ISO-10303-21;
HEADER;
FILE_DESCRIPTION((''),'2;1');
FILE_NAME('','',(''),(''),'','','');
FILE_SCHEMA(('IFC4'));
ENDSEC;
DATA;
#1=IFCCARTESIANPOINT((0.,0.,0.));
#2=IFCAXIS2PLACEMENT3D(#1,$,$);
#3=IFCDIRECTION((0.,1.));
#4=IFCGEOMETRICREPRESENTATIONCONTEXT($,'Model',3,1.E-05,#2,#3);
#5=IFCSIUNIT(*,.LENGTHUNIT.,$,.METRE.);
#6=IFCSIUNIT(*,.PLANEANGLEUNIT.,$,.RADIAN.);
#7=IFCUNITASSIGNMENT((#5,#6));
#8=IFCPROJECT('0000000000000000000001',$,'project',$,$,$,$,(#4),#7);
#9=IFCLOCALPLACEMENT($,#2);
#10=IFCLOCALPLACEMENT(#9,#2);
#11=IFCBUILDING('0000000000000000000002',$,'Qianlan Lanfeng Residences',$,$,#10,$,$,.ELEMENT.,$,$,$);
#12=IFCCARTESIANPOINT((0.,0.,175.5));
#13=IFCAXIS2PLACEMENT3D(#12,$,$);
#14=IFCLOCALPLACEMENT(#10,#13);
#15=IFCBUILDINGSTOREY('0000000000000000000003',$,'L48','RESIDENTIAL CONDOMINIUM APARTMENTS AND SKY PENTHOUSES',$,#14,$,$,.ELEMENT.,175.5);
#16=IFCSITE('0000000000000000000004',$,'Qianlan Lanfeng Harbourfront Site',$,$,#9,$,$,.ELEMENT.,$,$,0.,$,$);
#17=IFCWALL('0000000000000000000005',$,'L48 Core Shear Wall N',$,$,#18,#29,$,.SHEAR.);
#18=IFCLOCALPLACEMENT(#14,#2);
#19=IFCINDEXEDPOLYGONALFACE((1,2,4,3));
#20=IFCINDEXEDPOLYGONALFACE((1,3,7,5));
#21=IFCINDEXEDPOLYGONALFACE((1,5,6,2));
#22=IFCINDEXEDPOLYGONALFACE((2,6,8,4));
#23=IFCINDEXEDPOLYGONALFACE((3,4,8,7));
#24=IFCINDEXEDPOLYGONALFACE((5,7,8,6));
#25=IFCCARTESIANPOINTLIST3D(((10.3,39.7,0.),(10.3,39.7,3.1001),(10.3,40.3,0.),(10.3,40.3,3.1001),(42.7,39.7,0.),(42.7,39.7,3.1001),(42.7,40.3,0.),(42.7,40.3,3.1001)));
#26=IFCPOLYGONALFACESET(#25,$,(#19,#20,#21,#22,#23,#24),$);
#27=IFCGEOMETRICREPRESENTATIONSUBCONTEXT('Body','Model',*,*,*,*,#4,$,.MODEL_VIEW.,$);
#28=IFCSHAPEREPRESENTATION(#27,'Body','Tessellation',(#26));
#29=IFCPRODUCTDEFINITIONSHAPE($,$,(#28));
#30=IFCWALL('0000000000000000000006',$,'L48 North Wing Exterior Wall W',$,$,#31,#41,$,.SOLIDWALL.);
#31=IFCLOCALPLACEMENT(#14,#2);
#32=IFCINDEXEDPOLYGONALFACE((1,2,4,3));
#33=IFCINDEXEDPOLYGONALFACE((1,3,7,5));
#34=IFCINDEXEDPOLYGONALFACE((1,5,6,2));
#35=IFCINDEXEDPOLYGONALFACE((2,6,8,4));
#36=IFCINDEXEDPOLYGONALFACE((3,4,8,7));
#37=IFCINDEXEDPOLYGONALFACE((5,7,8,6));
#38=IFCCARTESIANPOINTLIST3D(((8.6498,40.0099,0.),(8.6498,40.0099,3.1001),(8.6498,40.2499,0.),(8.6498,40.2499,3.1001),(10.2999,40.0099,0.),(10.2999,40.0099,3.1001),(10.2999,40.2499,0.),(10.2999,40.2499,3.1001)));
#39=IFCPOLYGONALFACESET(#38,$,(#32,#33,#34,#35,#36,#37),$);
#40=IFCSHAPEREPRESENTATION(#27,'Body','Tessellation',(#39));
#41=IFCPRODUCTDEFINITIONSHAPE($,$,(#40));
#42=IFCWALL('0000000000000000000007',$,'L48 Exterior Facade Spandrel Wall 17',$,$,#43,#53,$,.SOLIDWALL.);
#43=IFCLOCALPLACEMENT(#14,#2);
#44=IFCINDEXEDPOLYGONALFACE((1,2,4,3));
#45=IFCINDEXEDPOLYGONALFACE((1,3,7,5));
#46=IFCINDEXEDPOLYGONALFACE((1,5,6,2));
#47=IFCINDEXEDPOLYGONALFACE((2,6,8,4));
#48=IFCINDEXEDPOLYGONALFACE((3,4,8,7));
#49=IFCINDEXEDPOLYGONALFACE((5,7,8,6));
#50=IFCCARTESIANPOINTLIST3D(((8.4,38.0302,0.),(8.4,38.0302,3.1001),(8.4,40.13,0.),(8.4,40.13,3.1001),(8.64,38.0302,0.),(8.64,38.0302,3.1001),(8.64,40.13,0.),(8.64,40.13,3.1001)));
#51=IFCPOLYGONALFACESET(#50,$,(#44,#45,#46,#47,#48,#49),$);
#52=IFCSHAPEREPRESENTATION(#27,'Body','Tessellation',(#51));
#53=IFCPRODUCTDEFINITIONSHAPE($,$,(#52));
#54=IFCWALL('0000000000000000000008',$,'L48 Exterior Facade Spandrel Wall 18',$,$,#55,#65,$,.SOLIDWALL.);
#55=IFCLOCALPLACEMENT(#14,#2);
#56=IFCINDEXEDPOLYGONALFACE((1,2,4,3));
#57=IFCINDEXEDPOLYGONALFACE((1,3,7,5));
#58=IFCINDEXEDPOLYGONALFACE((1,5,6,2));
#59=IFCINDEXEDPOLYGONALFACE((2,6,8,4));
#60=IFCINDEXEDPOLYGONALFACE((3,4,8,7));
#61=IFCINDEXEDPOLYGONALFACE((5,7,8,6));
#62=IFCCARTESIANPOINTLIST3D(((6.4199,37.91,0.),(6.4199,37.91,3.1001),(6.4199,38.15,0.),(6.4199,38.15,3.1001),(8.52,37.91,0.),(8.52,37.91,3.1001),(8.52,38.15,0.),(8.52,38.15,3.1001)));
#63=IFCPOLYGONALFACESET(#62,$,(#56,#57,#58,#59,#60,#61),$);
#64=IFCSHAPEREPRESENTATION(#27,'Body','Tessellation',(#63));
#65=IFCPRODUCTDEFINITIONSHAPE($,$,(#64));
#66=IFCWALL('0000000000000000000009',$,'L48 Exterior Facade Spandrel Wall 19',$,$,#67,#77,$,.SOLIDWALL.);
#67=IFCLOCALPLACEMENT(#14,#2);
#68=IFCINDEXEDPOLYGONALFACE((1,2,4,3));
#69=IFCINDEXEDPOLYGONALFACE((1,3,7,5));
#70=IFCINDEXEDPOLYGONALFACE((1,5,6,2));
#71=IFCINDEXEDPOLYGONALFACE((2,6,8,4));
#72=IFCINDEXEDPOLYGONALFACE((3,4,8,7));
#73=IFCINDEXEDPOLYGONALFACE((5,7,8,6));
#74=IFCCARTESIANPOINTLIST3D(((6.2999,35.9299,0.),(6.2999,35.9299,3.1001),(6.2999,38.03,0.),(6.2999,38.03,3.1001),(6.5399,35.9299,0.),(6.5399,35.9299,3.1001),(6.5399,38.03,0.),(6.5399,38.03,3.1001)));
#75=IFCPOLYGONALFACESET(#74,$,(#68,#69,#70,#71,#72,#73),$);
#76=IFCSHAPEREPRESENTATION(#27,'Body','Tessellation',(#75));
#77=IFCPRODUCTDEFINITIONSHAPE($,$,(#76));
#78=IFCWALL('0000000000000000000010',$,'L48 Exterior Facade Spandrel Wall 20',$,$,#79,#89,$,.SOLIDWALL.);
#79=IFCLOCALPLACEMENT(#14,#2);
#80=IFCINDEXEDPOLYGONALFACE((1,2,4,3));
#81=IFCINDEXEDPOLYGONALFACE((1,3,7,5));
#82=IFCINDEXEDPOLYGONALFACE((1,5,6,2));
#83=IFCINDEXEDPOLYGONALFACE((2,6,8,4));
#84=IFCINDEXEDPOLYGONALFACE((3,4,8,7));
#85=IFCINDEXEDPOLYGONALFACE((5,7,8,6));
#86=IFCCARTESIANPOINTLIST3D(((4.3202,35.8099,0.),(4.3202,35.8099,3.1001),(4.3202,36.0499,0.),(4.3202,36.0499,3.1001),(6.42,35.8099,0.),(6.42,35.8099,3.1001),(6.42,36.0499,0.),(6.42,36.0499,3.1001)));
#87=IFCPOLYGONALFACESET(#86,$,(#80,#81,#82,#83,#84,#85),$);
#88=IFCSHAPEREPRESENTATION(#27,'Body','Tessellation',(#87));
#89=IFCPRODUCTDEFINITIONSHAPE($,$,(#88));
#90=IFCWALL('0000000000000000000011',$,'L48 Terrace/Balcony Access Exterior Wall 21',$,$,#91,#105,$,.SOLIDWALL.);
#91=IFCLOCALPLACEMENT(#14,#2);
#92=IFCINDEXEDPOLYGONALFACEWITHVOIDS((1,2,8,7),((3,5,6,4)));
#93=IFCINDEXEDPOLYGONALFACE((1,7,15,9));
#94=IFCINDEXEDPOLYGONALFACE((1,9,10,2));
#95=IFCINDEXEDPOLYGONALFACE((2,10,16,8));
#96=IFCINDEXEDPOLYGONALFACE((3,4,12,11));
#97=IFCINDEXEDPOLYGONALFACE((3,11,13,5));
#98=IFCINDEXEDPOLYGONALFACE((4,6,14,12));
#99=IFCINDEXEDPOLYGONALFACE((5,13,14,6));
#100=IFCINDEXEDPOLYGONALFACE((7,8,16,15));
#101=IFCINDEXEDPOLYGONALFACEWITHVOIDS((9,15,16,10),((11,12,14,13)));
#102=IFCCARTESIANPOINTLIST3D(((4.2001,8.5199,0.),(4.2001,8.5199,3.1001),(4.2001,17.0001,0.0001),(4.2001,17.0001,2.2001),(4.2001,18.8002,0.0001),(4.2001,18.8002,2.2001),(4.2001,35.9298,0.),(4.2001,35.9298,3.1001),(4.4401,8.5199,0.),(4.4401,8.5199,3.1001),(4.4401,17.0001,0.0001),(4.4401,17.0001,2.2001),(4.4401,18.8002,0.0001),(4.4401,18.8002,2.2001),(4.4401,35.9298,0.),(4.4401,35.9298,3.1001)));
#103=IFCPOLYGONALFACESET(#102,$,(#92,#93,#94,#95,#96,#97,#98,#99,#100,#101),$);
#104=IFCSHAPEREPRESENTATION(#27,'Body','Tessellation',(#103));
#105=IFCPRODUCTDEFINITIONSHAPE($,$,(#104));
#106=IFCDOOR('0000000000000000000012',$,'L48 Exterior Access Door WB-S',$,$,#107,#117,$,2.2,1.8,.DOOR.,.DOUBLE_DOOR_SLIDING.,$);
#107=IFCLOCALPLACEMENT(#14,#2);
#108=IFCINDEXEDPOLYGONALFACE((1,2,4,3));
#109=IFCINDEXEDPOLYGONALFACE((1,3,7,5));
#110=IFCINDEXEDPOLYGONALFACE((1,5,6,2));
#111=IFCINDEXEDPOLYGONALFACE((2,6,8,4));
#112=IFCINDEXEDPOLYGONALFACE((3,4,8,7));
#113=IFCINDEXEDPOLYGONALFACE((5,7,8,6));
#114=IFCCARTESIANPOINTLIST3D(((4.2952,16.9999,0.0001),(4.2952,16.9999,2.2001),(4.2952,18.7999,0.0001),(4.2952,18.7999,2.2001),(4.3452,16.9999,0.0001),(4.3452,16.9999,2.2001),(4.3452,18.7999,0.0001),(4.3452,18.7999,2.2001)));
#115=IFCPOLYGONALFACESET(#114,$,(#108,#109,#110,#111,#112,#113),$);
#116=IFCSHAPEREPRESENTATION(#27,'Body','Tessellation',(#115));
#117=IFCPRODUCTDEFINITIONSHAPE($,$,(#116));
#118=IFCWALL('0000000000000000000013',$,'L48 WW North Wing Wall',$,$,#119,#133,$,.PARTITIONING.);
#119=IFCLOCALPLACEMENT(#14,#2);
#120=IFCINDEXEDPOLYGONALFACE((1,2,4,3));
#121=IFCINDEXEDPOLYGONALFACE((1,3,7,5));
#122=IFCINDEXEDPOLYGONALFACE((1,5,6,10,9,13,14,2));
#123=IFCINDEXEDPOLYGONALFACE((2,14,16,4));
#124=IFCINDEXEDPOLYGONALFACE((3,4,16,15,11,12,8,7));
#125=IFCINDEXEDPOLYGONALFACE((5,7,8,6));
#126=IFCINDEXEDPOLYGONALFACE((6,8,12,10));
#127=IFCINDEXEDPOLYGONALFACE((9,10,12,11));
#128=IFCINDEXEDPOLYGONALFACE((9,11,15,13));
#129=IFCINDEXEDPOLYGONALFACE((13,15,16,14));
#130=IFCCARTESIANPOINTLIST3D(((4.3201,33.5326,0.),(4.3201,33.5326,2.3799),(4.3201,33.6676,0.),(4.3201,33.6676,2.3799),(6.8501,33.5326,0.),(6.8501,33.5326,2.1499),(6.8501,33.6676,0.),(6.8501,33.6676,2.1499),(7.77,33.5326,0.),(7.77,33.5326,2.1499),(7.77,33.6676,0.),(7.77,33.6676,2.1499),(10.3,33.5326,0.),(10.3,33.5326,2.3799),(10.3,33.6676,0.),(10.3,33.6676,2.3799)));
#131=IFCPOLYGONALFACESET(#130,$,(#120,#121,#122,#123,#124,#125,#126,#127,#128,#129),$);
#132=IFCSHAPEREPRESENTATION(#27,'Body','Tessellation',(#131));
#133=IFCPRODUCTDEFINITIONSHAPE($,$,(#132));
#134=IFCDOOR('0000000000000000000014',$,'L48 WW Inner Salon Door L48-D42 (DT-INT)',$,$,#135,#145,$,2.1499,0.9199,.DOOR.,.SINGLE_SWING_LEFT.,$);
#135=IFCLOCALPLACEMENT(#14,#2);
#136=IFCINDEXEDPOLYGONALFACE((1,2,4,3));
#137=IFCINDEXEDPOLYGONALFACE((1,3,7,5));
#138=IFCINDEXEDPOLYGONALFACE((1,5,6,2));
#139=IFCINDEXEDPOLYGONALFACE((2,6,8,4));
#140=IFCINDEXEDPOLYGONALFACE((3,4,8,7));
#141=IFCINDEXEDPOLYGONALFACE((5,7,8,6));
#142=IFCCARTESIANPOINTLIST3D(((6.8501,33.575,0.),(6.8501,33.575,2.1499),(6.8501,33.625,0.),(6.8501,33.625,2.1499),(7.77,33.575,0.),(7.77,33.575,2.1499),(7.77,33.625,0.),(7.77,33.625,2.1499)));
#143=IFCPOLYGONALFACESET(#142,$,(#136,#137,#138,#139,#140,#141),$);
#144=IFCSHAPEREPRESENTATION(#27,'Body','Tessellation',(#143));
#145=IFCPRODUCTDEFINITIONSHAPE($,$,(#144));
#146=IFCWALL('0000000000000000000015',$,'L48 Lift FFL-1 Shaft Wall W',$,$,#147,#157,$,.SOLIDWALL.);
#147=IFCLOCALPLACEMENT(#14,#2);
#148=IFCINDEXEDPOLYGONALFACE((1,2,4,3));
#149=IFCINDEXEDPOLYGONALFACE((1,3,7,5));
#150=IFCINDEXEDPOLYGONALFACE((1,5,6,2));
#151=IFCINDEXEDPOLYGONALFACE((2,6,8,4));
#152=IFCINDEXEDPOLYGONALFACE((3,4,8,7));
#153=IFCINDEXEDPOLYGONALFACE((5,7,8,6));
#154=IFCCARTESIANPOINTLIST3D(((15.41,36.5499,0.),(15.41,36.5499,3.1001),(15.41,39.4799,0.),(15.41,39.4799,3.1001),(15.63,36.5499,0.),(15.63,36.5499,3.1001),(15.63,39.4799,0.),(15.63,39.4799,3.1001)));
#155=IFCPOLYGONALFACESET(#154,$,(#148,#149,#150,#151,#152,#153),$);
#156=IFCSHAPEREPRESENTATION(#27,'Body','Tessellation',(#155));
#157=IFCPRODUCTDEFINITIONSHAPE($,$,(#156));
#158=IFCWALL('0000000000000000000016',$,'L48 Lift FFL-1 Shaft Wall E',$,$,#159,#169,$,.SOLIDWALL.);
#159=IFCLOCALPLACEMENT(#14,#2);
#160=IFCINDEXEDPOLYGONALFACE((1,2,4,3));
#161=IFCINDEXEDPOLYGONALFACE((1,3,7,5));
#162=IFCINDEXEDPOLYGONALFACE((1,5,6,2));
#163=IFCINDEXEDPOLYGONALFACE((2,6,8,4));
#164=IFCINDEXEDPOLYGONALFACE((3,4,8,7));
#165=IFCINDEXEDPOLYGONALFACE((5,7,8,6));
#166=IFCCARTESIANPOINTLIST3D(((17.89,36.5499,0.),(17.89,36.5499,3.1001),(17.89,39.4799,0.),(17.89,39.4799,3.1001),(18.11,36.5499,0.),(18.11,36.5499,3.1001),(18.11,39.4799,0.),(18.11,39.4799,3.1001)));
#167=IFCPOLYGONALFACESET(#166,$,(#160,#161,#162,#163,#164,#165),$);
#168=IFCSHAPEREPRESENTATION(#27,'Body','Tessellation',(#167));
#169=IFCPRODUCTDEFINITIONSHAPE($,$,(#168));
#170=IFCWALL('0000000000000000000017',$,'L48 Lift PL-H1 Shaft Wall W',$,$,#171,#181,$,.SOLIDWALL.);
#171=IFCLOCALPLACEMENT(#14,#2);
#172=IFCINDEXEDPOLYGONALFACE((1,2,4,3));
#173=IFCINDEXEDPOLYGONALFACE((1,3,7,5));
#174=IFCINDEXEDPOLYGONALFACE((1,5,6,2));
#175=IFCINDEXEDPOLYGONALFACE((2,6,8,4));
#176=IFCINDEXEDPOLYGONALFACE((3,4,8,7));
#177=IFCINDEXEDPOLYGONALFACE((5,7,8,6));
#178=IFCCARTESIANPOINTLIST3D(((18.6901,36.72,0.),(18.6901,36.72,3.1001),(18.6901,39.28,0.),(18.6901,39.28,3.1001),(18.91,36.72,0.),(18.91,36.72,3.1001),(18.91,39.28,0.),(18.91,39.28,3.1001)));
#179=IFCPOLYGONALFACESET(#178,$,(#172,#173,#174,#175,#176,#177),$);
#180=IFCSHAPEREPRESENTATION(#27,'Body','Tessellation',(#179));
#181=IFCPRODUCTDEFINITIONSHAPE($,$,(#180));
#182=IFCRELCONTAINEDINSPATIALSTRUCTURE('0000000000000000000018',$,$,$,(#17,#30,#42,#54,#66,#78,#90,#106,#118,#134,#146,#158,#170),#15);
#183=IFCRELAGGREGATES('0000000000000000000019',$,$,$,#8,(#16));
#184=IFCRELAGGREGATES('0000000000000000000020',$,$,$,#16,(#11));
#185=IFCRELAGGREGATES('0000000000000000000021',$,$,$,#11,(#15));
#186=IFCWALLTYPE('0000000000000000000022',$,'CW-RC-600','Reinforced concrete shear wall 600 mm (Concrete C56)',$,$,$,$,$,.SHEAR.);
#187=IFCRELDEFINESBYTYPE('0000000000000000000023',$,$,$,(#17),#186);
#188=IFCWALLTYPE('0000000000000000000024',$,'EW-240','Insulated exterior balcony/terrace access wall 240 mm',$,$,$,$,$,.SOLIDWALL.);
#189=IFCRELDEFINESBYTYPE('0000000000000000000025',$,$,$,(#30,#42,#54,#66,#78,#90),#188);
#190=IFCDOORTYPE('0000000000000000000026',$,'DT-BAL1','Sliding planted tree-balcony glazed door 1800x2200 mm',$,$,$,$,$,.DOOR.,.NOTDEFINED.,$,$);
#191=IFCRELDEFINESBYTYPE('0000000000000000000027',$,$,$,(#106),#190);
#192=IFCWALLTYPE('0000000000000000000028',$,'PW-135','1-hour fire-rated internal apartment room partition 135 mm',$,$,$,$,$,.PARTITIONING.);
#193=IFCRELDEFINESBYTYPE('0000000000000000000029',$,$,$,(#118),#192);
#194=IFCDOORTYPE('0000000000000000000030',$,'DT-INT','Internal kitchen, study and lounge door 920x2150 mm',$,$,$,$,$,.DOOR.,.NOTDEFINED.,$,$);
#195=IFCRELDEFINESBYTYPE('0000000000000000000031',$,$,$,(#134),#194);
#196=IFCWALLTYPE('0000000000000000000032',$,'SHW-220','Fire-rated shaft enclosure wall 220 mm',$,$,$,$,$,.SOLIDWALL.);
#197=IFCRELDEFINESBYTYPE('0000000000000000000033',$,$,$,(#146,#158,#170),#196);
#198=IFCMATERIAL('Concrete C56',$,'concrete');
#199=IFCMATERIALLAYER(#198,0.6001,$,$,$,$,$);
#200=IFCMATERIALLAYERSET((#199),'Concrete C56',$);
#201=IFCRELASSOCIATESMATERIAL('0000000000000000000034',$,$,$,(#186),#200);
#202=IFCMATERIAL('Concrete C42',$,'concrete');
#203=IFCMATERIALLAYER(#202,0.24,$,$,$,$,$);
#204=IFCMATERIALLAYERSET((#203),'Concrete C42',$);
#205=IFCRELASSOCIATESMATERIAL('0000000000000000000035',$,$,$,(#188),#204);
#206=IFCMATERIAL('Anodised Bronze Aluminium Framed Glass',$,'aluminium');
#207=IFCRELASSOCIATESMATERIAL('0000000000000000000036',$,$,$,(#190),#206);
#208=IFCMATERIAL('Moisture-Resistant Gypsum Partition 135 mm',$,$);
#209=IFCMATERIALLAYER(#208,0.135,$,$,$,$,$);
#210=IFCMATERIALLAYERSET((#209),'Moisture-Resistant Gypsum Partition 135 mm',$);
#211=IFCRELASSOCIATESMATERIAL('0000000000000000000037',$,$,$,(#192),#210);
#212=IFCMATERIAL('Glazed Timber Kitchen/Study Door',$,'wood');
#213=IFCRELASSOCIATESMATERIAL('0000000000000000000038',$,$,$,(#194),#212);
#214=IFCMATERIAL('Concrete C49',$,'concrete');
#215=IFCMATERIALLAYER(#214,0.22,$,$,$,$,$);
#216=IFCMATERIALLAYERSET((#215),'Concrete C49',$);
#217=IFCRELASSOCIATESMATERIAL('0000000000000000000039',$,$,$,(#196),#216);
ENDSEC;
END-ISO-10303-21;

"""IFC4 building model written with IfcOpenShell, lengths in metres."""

from ifc_helpers import new_model, si_unit, direction, frame, frame_2d, origin, place, context, subcontext, project, spatial, rectangle, extrude, material, layer, layer_set, type_object, element, fill, save


model = new_model("IFC4")

# Units and contexts
model_context = context("Model", 3, precision=1e-05, world=origin(), true_north=direction((0.0, 1.0)))
body_context = subcontext(model_context, "Body", "Model", "MODEL_VIEW")
ifc_project = project(units=[si_unit("LENGTHUNIT", "METRE"), si_unit("PLANEANGLEUNIT", "RADIAN")], contexts=[model_context])

# Site, building, storey
site_placement = place(None, origin())
site = spatial("IfcSite", under=ifc_project, at=site_placement, Name="Qianlan Lanfeng Harbourfront Site", CompositionType="ELEMENT", RefElevation=0.0)
building_placement = place(site_placement, origin())
building = spatial("IfcBuilding", under=site, at=building_placement, Name="Qianlan Lanfeng Residences", CompositionType="ELEMENT")
storey_placement = place(building_placement, frame((0.0, 0.0, 175.5)))
storey = spatial("IfcBuildingStorey", under=building, at=storey_placement, Name="L48", Description="RESIDENTIAL CONDOMINIUM APARTMENTS AND SKY PENTHOUSES", CompositionType="ELEMENT", Elevation=175.5)

# Shared definitions
ifc_material_1 = material(Name="Concrete C56", Category="concrete")

# Walls
ifc_layer_1 = layer(ifc_material_1, 0.6001)
ifc_layer_set_1 = layer_set([ifc_layer_1], Name="Concrete C56")
wall_type_1 = type_object("IfcWallType", Name="CW-RC-600", Description="Reinforced concrete shear wall 600 mm (Concrete C56)", PredefinedType="SHEAR", material=ifc_layer_set_1)
wall_1_placement = place(storey_placement, frame((10.3, 40.0, 0.0), z_axis=(0.0, 0.0, 1.0), x_axis=(1.0, 0.0, 0.0)))
element("IfcWall", 1, at=wall_1_placement, inside=storey, type_object=wall_type_1, Name="L48 Core Shear Wall N", PredefinedType="SHEAR", context=body_context, shape_type="SweptSolid", body=[
    extrude(rectangle(XDim=32.3999, YDim=0.6001, at=frame_2d((16.2, 0.0))), origin(), (0.0, 0.0, 1.0), 3.1001),
])
ifc_material_2 = material(Name="Concrete C42", Category="concrete")
ifc_layer_2 = layer(ifc_material_2, 0.24)
ifc_layer_set_2 = layer_set([ifc_layer_2], Name="Concrete C42")
wall_type_2 = type_object("IfcWallType", Name="EW-240", Description="Insulated exterior balcony/terrace access wall 240 mm", PredefinedType="SOLIDWALL", material=ifc_layer_set_2)
wall_2_placement = place(storey_placement, frame((10.3, 40.1299, 0.0), z_axis=(0.0, 0.0, 1.0), x_axis=(-1.0, 0.0, 0.0)))
element("IfcWall", 2, at=wall_2_placement, inside=storey, type_object=wall_type_2, Name="L48 North Wing Exterior Wall W", PredefinedType="SOLIDWALL", context=body_context, shape_type="SweptSolid", body=[
    extrude(rectangle(XDim=1.6501, YDim=0.24, at=frame_2d((0.8252, 0.0))), origin(), (0.0, 0.0, 1.0), 3.1001),
])
wall_3_placement = place(storey_placement, frame((8.52, 40.1299, 0.0), z_axis=(0.0, 0.0, 1.0), x_axis=(0.0, -1.0, 0.0)))
element("IfcWall", 3, at=wall_3_placement, inside=storey, type_object=wall_type_2, Name="L48 Exterior Facade Spandrel Wall 17", PredefinedType="SOLIDWALL", context=body_context, shape_type="SweptSolid", body=[
    extrude(rectangle(XDim=2.0999, YDim=0.24, at=frame_2d((1.0498, 0.0))), origin(), (0.0, 0.0, 1.0), 3.1001),
])
for number, where, z_axis, x_axis, name in (
    (4, (8.52, 38.03, 0.0), (0.0, 0.0, 1.0), (-1.0, 0.0, 0.0), "L48 Exterior Facade Spandrel Wall 18"),
    (5, (6.4199, 38.03, 0.0), (0.0, 0.0, 1.0), (0.0, -1.0, 0.0), "L48 Exterior Facade Spandrel Wall 19"),
):
    element("IfcWall", number, at=place(storey_placement, frame(where, z_axis=z_axis, x_axis=x_axis)), inside=storey, type_object=wall_type_2, Name=name, PredefinedType="SOLIDWALL", context=body_context, shape_type="SweptSolid", body=[
        extrude(rectangle(XDim=2.1001, YDim=0.24, at=frame_2d((1.05, 0.0))), origin(), (0.0, 0.0, 1.0), 3.1001),
    ])
wall_4_placement = place(storey_placement, frame((6.4199, 35.9299, 0.0), z_axis=(0.0, 0.0, 1.0), x_axis=(-1.0, 0.0, 0.0)))
element("IfcWall", 6, at=wall_4_placement, inside=storey, type_object=wall_type_2, Name="L48 Exterior Facade Spandrel Wall 20", PredefinedType="SOLIDWALL", context=body_context, shape_type="SweptSolid", body=[
    extrude(rectangle(XDim=2.0999, YDim=0.24, at=frame_2d((1.0498, 0.0))), origin(), (0.0, 0.0, 1.0), 3.1001),
])

# Walls, openings, doors
wall_5_placement = place(storey_placement, frame((4.3201, 35.9299, 0.0), z_axis=(0.0, 0.0, 1.0), x_axis=(0.0, -1.0, 0.0)))
wall_5 = element("IfcWall", 7, at=wall_5_placement, inside=storey, type_object=wall_type_2, Name="L48 Terrace/Balcony Access Exterior Wall 21", PredefinedType="SOLIDWALL", context=body_context, shape_type="SweptSolid", body=[
    extrude(rectangle(XDim=27.4099, YDim=0.24, at=frame_2d((13.7051, 0.0))), origin(), (0.0, 0.0, 1.0), 3.1001),
])
opening_1_placement = place(wall_5_placement, frame((17.1299, 0.0, 0.0)))
opening_1 = element("IfcOpeningElement", 8, at=opening_1_placement, cuts=wall_5, PredefinedType="OPENING", context=body_context, shape_type="SweptSolid", body=[
    extrude(rectangle(XDim=1.8, YDim=2.2, at=frame_2d((0.8999, 1.1001))), frame((0.0, 0.1299, 0.0), z_axis=(0.0, -1.0, 0.0), x_axis=(1.0, 0.0, 0.0)), (0.0, 0.0, 1.0), 0.26),
])
ifc_material_3 = material(Name="Anodised Bronze Aluminium Framed Glass", Category="aluminium")
door_type_1 = type_object("IfcDoorType", Name="DT-BAL1", Description="Sliding planted tree-balcony glazed door 1800x2200 mm", OperationType="NOTDEFINED", PredefinedType="DOOR", material=ifc_material_3)
door_1_placement = place(opening_1_placement, frame((1.8, 0.0, 0.0), z_axis=(0.0, 0.0, 1.0), x_axis=(-1.0, 0.0, 0.0)))
door_1 = element("IfcDoor", 9, at=door_1_placement, inside=storey, type_object=door_type_1, Name="L48 Exterior Access Door WB-S", OperationType="DOUBLE_DOOR_SLIDING", OverallHeight=2.2, OverallWidth=1.8, PredefinedType="DOOR", context=body_context, shape_type="SweptSolid", body=[
    extrude(rectangle(XDim=1.8, YDim=2.2, at=frame_2d((0.8999, 1.1001))), frame((0.0, 0.0249, 0.0), z_axis=(0.0, -1.0, 0.0), x_axis=(1.0, 0.0, 0.0)), (0.0, 0.0, 1.0), 0.05),
])
fill(opening_1, door_1)
ifc_material_4 = material(Name="Moisture-Resistant Gypsum Partition 135 mm")
ifc_layer_3 = layer(ifc_material_4, 0.135)
ifc_layer_set_3 = layer_set([ifc_layer_3], Name="Moisture-Resistant Gypsum Partition 135 mm")
wall_type_3 = type_object("IfcWallType", Name="PW-135", Description="1-hour fire-rated internal apartment room partition 135 mm", PredefinedType="PARTITIONING", material=ifc_layer_set_3)
wall_6_placement = place(storey_placement, frame((4.3201, 33.6001, 0.0), z_axis=(0.0, 0.0, 1.0), x_axis=(1.0, 0.0, 0.0)))
wall_6 = element("IfcWall", 10, at=wall_6_placement, inside=storey, type_object=wall_type_3, Name="L48 WW North Wing Wall", PredefinedType="PARTITIONING", context=body_context, shape_type="SweptSolid", body=[
    extrude(rectangle(XDim=5.98, YDim=0.135, at=frame_2d((2.99, 0.0))), origin(), (0.0, 0.0, 1.0), 2.3799),
])
opening_2_placement = place(wall_6_placement, frame((2.53, 0.0, 0.0)))
opening_2 = element("IfcOpeningElement", 11, at=opening_2_placement, cuts=wall_6, PredefinedType="OPENING", context=body_context, shape_type="SweptSolid", body=[
    extrude(rectangle(XDim=0.9199, YDim=2.1499, at=frame_2d((0.46, 1.075))), frame((0.0, 0.0776, 0.0), z_axis=(0.0, -1.0, 0.0), x_axis=(1.0, 0.0, 0.0)), (0.0, 0.0, 1.0), 0.155),
])
ifc_material_5 = material(Name="Glazed Timber Kitchen/Study Door", Category="wood")
door_type_2 = type_object("IfcDoorType", Name="DT-INT", Description="Internal kitchen, study and lounge door 920x2150 mm", OperationType="NOTDEFINED", PredefinedType="DOOR", material=ifc_material_5)
door_2_placement = place(opening_2_placement, origin())
door_2 = element("IfcDoor", 12, at=door_2_placement, inside=storey, type_object=door_type_2, Name="L48 WW Inner Salon Door L48-D42 (DT-INT)", OperationType="SINGLE_SWING_LEFT", OverallHeight=2.1499, OverallWidth=0.9199, PredefinedType="DOOR", context=body_context, shape_type="SweptSolid", body=[
    extrude(rectangle(XDim=0.9199, YDim=2.1499, at=frame_2d((0.46, 1.075))), frame((0.0, 0.0249, 0.0), z_axis=(0.0, -1.0, 0.0), x_axis=(1.0, 0.0, 0.0)), (0.0, 0.0, 1.0), 0.05),
])
fill(opening_2, door_2)

# Walls
ifc_material_6 = material(Name="Concrete C49", Category="concrete")
ifc_layer_4 = layer(ifc_material_6, 0.22)
ifc_layer_set_4 = layer_set([ifc_layer_4], Name="Concrete C49")
wall_type_4 = type_object("IfcWallType", Name="SHW-220", Description="Fire-rated shaft enclosure wall 220 mm", PredefinedType="SOLIDWALL", material=ifc_layer_set_4)
for number, where, z_axis, x_axis, name in (
    (13, (15.52, 36.55, 0.0), (0.0, 0.0, 1.0), (0.0, 1.0, 0.0), "L48 Lift FFL-1 Shaft Wall W"),
    (14, (18.0, 36.55, 0.0), (0.0, 0.0, 1.0), (0.0, 1.0, 0.0), "L48 Lift FFL-1 Shaft Wall E"),
):
    element("IfcWall", number, at=place(storey_placement, frame(where, z_axis=z_axis, x_axis=x_axis)), inside=storey, type_object=wall_type_4, Name=name, PredefinedType="SOLIDWALL", context=body_context, shape_type="SweptSolid", body=[
        extrude(rectangle(XDim=2.9299, YDim=0.22, at=frame_2d((1.4648, 0.0))), origin(), (0.0, 0.0, 1.0), 3.1001),
    ])
wall_7_placement = place(storey_placement, frame((18.8, 36.72, 0.0), z_axis=(0.0, 0.0, 1.0), x_axis=(0.0, 1.0, 0.0)))
element("IfcWall", 15, at=wall_7_placement, inside=storey, type_object=wall_type_4, Name="L48 Lift PL-H1 Shaft Wall W", PredefinedType="SOLIDWALL", context=body_context, shape_type="SweptSolid", body=[
    extrude(rectangle(XDim=2.5601, YDim=0.22, at=frame_2d((1.28, 0.0))), origin(), (0.0, 0.0, 1.0), 3.1001),
])

save(model, "model.ifc")
